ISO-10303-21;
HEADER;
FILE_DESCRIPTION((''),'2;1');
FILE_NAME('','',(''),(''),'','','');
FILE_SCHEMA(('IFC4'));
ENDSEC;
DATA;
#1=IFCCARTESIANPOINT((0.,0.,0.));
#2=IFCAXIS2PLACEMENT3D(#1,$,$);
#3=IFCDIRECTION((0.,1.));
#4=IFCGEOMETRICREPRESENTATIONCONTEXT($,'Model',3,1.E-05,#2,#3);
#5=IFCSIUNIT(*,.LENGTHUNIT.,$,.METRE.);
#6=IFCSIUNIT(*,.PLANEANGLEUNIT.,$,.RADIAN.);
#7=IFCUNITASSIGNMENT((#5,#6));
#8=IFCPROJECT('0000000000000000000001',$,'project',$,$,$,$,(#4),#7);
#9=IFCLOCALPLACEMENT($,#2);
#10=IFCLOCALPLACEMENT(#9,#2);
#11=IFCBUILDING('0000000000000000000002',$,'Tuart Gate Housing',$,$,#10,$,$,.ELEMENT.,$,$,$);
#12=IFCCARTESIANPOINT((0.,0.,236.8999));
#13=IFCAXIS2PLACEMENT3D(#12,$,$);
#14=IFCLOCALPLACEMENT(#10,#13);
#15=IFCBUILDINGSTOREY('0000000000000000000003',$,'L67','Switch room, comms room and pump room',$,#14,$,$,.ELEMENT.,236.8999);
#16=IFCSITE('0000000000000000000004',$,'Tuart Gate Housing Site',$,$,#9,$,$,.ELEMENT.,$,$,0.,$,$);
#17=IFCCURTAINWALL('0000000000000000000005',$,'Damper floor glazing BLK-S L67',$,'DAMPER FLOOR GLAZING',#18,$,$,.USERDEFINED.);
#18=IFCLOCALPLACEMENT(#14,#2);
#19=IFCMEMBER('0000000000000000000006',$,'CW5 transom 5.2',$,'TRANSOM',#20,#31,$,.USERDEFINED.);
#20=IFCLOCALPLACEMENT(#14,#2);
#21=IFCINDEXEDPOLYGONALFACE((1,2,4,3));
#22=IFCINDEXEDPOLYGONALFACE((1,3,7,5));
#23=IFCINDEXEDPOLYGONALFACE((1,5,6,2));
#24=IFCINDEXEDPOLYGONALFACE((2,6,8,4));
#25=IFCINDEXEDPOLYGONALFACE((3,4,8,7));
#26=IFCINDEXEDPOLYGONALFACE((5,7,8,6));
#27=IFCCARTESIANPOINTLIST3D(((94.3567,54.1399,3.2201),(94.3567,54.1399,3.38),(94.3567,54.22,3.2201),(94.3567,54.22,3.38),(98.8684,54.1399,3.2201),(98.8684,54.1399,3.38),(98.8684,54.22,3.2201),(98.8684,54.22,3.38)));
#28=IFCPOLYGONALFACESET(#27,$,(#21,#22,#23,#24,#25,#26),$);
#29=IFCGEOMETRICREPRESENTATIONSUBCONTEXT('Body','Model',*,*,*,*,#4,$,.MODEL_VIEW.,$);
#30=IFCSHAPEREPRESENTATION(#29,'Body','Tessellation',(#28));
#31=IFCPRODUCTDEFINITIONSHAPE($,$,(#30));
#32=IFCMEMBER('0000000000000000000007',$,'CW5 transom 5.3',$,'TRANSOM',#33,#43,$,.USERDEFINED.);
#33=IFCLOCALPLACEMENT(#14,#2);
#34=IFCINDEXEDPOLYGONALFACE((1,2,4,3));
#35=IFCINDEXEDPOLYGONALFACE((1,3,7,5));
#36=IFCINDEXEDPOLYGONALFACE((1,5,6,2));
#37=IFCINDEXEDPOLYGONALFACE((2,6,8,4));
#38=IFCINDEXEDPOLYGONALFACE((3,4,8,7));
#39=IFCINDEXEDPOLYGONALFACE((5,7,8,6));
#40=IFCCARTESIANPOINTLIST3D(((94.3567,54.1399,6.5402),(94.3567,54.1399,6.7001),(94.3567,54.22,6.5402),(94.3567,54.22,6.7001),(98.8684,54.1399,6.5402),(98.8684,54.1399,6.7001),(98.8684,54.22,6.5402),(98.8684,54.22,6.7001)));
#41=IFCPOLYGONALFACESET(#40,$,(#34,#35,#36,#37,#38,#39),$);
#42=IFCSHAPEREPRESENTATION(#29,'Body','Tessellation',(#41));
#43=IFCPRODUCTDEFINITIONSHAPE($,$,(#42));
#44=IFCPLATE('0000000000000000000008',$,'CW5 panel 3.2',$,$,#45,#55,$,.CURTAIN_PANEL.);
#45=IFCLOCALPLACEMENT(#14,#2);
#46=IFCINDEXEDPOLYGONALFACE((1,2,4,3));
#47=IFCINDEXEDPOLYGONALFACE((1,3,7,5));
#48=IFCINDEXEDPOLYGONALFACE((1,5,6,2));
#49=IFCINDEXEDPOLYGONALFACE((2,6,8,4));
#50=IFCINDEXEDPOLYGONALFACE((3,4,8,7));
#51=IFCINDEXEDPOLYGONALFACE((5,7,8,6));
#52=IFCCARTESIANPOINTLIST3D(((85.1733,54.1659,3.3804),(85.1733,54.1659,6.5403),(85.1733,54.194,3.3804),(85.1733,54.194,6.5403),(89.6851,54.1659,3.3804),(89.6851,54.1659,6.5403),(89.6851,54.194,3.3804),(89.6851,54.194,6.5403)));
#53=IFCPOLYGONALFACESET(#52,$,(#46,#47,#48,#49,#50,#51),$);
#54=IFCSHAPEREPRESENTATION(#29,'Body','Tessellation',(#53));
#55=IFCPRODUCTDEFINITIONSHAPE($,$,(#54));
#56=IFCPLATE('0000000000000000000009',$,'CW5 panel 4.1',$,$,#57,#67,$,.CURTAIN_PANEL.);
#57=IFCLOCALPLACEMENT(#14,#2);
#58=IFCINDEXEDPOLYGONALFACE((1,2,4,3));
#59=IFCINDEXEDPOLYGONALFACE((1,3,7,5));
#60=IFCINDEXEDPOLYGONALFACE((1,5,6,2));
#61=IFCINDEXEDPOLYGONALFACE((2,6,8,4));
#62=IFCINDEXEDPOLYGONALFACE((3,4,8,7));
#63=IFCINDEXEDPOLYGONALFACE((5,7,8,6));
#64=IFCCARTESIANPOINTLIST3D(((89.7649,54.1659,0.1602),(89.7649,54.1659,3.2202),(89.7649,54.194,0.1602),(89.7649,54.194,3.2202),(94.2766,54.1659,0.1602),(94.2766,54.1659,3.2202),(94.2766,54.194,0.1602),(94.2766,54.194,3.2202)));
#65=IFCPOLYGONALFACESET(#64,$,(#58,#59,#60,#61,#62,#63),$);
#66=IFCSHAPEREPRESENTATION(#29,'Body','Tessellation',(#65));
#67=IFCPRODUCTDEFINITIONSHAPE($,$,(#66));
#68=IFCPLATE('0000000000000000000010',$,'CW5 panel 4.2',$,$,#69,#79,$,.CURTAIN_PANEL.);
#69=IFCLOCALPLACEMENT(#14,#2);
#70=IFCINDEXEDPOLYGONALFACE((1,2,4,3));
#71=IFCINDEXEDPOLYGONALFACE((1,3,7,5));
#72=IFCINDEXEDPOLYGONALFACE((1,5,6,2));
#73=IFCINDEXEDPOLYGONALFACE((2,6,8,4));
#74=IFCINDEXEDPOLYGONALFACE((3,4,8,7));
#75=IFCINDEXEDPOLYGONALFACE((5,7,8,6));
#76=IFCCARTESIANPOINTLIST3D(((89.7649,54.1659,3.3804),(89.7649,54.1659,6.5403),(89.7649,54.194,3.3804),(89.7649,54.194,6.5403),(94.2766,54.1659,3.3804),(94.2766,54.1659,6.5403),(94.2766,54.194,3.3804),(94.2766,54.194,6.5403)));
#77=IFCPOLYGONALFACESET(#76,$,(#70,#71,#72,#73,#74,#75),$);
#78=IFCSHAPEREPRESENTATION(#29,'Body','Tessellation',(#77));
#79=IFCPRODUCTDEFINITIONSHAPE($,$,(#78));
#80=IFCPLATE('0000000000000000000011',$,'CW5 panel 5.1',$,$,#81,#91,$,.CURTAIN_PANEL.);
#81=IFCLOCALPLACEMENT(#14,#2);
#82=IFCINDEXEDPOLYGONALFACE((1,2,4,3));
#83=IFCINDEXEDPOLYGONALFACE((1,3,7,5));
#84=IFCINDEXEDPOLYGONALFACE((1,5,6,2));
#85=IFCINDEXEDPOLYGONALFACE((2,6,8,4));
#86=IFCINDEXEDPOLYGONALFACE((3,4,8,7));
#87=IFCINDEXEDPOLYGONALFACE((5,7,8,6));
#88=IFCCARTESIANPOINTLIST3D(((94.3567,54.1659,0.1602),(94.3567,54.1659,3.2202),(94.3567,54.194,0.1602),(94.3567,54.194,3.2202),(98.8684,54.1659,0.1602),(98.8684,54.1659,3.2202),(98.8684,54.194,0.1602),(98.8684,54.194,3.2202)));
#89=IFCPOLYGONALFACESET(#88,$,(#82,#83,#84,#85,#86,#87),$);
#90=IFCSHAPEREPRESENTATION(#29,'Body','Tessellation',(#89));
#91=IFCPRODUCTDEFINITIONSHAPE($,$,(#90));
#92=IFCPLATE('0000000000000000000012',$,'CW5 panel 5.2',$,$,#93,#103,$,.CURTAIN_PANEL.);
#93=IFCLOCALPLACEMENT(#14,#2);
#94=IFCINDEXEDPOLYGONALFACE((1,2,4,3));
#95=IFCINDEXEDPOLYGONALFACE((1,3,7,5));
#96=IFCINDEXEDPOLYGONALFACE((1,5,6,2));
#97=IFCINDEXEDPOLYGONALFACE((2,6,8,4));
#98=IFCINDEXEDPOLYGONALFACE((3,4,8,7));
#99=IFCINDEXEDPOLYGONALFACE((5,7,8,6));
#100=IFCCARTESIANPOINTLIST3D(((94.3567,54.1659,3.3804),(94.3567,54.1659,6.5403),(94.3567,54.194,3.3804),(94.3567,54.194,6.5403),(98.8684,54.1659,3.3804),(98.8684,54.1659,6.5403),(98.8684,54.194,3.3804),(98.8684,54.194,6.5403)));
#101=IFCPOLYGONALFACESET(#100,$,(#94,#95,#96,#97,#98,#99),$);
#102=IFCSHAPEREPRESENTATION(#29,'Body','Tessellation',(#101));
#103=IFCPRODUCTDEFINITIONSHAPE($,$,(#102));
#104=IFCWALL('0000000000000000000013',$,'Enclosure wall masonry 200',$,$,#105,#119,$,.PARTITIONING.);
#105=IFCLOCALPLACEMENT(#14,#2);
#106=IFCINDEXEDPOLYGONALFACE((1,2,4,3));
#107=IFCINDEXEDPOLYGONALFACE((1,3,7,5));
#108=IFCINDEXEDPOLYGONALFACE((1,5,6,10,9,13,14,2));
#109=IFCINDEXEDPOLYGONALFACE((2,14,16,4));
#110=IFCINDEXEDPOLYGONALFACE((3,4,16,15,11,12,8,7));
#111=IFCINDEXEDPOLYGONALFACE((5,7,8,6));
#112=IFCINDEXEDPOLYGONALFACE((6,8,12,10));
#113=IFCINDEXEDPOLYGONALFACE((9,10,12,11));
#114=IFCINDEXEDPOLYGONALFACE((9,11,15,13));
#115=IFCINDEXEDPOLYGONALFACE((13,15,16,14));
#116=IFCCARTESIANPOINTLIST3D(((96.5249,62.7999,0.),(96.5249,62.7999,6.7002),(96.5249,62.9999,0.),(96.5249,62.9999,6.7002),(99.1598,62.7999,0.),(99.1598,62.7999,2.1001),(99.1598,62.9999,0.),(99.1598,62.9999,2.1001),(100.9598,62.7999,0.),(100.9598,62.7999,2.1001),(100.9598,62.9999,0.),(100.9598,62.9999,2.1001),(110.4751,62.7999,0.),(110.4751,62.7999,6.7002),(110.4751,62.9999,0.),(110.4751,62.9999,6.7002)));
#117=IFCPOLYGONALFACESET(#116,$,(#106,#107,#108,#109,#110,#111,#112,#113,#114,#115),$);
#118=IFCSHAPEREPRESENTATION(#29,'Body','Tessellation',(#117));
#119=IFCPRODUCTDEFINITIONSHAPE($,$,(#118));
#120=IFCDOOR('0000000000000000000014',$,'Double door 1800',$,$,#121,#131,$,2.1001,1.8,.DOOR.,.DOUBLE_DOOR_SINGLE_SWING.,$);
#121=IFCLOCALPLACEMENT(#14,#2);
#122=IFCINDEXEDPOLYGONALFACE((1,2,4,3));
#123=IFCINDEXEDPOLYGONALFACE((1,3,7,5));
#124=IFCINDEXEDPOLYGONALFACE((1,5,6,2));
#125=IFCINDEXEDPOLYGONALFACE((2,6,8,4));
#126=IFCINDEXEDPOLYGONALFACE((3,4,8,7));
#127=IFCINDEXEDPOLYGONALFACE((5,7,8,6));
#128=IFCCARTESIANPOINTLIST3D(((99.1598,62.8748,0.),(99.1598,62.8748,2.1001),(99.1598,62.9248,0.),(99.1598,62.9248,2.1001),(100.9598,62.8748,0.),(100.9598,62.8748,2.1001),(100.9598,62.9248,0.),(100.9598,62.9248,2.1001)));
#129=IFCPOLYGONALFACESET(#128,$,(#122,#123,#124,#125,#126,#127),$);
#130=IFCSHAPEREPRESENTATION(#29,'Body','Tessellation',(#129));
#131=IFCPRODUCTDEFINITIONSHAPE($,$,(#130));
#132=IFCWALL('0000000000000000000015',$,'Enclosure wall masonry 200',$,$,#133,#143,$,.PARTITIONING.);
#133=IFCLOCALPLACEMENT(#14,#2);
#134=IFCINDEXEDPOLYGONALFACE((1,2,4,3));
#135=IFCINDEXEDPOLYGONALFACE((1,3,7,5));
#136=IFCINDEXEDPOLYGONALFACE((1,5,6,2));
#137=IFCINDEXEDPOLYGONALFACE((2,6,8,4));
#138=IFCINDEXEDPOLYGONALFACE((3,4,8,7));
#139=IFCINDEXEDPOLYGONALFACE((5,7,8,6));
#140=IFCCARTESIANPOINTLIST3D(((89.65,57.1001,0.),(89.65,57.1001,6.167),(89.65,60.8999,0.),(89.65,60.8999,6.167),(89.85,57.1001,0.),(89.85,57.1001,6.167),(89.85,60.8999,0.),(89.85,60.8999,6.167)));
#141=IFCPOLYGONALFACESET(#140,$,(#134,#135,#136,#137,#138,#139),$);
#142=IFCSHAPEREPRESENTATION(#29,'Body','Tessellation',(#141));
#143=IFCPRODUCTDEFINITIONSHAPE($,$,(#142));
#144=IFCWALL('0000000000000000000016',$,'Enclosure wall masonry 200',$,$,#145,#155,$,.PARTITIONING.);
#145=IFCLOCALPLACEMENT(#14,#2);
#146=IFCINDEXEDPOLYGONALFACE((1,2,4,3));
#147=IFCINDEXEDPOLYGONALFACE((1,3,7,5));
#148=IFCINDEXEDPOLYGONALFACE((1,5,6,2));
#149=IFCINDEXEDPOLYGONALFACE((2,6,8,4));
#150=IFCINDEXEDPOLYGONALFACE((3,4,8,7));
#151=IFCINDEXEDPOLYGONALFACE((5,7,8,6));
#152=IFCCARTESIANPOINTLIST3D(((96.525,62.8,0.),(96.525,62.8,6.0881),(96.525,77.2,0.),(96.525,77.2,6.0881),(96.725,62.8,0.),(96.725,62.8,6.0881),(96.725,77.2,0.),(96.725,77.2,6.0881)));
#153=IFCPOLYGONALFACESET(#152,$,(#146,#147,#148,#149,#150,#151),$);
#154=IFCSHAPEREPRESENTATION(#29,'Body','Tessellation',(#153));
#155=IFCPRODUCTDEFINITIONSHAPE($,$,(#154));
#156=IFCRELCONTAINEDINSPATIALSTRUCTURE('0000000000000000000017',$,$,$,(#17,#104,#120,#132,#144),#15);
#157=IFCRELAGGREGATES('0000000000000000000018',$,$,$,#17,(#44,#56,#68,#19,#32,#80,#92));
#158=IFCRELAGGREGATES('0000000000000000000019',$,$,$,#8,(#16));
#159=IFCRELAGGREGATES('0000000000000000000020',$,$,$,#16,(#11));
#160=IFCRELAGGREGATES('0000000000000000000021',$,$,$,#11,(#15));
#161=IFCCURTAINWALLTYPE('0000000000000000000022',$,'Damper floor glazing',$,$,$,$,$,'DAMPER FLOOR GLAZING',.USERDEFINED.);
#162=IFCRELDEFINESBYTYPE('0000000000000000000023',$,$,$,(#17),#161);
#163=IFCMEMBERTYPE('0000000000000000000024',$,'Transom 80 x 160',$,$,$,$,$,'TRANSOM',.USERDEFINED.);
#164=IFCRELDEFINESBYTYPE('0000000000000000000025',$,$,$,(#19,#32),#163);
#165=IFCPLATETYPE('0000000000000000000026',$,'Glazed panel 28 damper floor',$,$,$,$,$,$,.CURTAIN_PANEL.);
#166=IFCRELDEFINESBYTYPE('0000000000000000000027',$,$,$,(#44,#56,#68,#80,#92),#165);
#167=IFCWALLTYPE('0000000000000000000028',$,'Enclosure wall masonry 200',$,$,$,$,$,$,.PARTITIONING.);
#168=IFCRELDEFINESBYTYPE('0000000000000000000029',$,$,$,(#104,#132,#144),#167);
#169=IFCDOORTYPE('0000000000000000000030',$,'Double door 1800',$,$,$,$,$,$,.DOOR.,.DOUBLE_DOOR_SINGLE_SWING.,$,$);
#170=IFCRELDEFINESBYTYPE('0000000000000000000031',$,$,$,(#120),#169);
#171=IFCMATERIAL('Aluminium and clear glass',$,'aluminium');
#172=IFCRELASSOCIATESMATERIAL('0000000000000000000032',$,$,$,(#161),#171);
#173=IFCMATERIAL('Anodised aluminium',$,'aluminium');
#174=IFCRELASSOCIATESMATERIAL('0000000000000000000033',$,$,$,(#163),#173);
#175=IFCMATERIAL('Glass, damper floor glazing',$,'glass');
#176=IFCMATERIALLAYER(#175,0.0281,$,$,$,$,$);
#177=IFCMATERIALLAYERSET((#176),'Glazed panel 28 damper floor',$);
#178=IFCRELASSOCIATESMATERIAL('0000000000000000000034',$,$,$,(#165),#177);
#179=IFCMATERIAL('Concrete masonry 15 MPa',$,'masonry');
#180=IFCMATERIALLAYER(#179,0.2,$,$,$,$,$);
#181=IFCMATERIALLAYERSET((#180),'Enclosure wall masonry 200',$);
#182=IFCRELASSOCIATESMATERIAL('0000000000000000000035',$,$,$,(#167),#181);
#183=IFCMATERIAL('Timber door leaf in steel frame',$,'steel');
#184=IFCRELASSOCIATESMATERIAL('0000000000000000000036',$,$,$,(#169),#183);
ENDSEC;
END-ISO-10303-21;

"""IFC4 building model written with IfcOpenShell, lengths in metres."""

from ifc_helpers import new_model, si_unit, direction, frame, frame_2d, origin, origin_2d, place, context, subcontext, project, spatial, rectangle, extrude, material, layer, layer_set, material_profile, profile_set, type_object, element, fill, aggregate, save


model = new_model("IFC4")

# Units and contexts
model_context = context("Model", 3, precision=1e-05, world=origin(), true_north=direction((0.0, 1.0)))
body_context = subcontext(model_context, "Body", "Model", "MODEL_VIEW")
ifc_project = project(units=[si_unit("LENGTHUNIT", "METRE"), si_unit("PLANEANGLEUNIT", "RADIAN")], contexts=[model_context])

# Site, building, storey
site_placement = place(None, origin())
site = spatial("IfcSite", under=ifc_project, at=site_placement, Name="Tuart Gate Housing Site", CompositionType="ELEMENT", RefElevation=0.0)
building_placement = place(site_placement, origin())
building = spatial("IfcBuilding", under=site, at=building_placement, Name="Tuart Gate Housing", CompositionType="ELEMENT")
storey_placement = place(building_placement, frame((0.0, 0.0, 236.8999)))
storey = spatial("IfcBuildingStorey", under=building, at=storey_placement, Name="L67", Description="Switch room, comms room and pump room", CompositionType="ELEMENT", Elevation=236.8999)

# Curtain wall, members, plates
ifc_material_1 = material(Name="Aluminium and clear glass", Category="aluminium")
curtain_wall_type = type_object("IfcCurtainWallType", Name="Damper floor glazing", ElementType="DAMPER FLOOR GLAZING", PredefinedType="USERDEFINED", material=ifc_material_1)
curtain_wall_placement = place(storey_placement, origin())
curtain_wall = element("IfcCurtainWall", 1, at=curtain_wall_placement, inside=storey, type_object=curtain_wall_type, Name="Damper floor glazing BLK-S L67", ObjectType="DAMPER FLOOR GLAZING", PredefinedType="USERDEFINED")
ifc_material_2 = material(Name="Anodised aluminium", Category="aluminium")
ifc_material_profile_1 = material_profile(ifc_material_2, rectangle(XDim=0.0801, YDim=0.1599, at=origin_2d()), Name="80x160")
ifc_profile_set_1 = profile_set([ifc_material_profile_1], Name="Anodised aluminium")
member_type_1 = type_object("IfcMemberType", Name="Transom 80 x 160", ElementType="TRANSOM", PredefinedType="USERDEFINED", material=ifc_profile_set_1)
member_1_placement = place(storey_placement, frame((94.3567, 54.1799, 3.3), z_axis=(1.0, 0.0, 0.0), x_axis=(0.0, 1.0, 0.0)))
member_1 = element("IfcMember", 2, at=member_1_placement, type_object=member_type_1, Name="CW5 transom 5.2", ObjectType="TRANSOM", PredefinedType="USERDEFINED", context=body_context, shape_type="SweptSolid", body=[
    extrude(rectangle(XDim=0.0801, YDim=0.1599, at=origin_2d()), origin(), (0.0, 0.0, 1.0), 4.5117),
])
member_2_placement = place(storey_placement, frame((94.3567, 54.1799, 6.6201), z_axis=(1.0, 0.0, 0.0), x_axis=(0.0, 1.0, 0.0)))
member_2 = element("IfcMember", 3, at=member_2_placement, type_object=member_type_1, Name="CW5 transom 5.3", ObjectType="TRANSOM", PredefinedType="USERDEFINED", context=body_context, shape_type="SweptSolid", body=[
    extrude(rectangle(XDim=0.0801, YDim=0.1599, at=origin_2d()), origin(), (0.0, 0.0, 1.0), 4.5117),
])
ifc_material_3 = material(Name="Glass, damper floor glazing", Category="glass")
ifc_layer_1 = layer(ifc_material_3, 0.0281)
ifc_layer_set_1 = layer_set([ifc_layer_1], Name="Glazed panel 28 damper floor")
plate_type = type_object("IfcPlateType", Name="Glazed panel 28 damper floor", PredefinedType="CURTAIN_PANEL", material=ifc_layer_set_1)
plate_1_placement = place(storey_placement, frame((87.4292, 54.1799, 3.3804), z_axis=(0.0, 0.0, 1.0), x_axis=(1.0, 0.0, 0.0)))
plate_1 = element("IfcPlate", 4, at=plate_1_placement, type_object=plate_type, Name="CW5 panel 3.2", PredefinedType="CURTAIN_PANEL", context=body_context, shape_type="SweptSolid", body=[
    extrude(rectangle(XDim=4.5117, YDim=0.0281, at=origin_2d()), origin(), (0.0, 0.0, 1.0), 3.1599),
])
plate_2_placement = place(storey_placement, frame((92.0208, 54.1799, 0.1602), z_axis=(0.0, 0.0, 1.0), x_axis=(1.0, 0.0, 0.0)))
plate_2 = element("IfcPlate", 5, at=plate_2_placement, type_object=plate_type, Name="CW5 panel 4.1", PredefinedType="CURTAIN_PANEL", context=body_context, shape_type="SweptSolid", body=[
    extrude(rectangle(XDim=4.5117, YDim=0.0281, at=origin_2d()), origin(), (0.0, 0.0, 1.0), 3.0601),
])
plate_3_placement = place(storey_placement, frame((92.0208, 54.1799, 3.3804), z_axis=(0.0, 0.0, 1.0), x_axis=(1.0, 0.0, 0.0)))
plate_3 = element("IfcPlate", 6, at=plate_3_placement, type_object=plate_type, Name="CW5 panel 4.2", PredefinedType="CURTAIN_PANEL", context=body_context, shape_type="SweptSolid", body=[
    extrude(rectangle(XDim=4.5117, YDim=0.0281, at=origin_2d()), origin(), (0.0, 0.0, 1.0), 3.1599),
])
plate_4_placement = place(storey_placement, frame((96.6125, 54.1799, 0.1602), z_axis=(0.0, 0.0, 1.0), x_axis=(1.0, 0.0, 0.0)))
plate_4 = element("IfcPlate", 7, at=plate_4_placement, type_object=plate_type, Name="CW5 panel 5.1", PredefinedType="CURTAIN_PANEL", context=body_context, shape_type="SweptSolid", body=[
    extrude(rectangle(XDim=4.5117, YDim=0.0281, at=origin_2d()), origin(), (0.0, 0.0, 1.0), 3.0601),
])
plate_5_placement = place(storey_placement, frame((96.6125, 54.1799, 3.3804), z_axis=(0.0, 0.0, 1.0), x_axis=(1.0, 0.0, 0.0)))
plate_5 = element("IfcPlate", 8, at=plate_5_placement, type_object=plate_type, Name="CW5 panel 5.2", PredefinedType="CURTAIN_PANEL", context=body_context, shape_type="SweptSolid", body=[
    extrude(rectangle(XDim=4.5117, YDim=0.0281, at=origin_2d()), origin(), (0.0, 0.0, 1.0), 3.1599),
])
aggregate(curtain_wall, [plate_1, plate_2, plate_3, member_1, member_2, plate_4, plate_5])

# Wall, opening, door
ifc_material_4 = material(Name="Concrete masonry 15 MPa", Category="masonry")
ifc_layer_2 = layer(ifc_material_4, 0.2)
ifc_layer_set_2 = layer_set([ifc_layer_2], Name="Enclosure wall masonry 200")
wall_type = type_object("IfcWallType", Name="Enclosure wall masonry 200", PredefinedType="PARTITIONING", material=ifc_layer_set_2)
wall_1_placement = place(storey_placement, frame((96.5249, 62.8999, 0.0), z_axis=(0.0, 0.0, 1.0), x_axis=(1.0, 0.0, 0.0)))
wall_1 = element("IfcWall", 9, at=wall_1_placement, inside=storey, type_object=wall_type, Name="Enclosure wall masonry 200", PredefinedType="PARTITIONING", context=body_context, shape_type="SweptSolid", body=[
    extrude(rectangle(XDim=13.9502, YDim=0.2, at=frame_2d((6.9751, 0.0))), origin(), (0.0, 0.0, 1.0), 6.7002),
])
opening_placement = place(wall_1_placement, frame((2.635, 0.0, 0.0)))
opening = element("IfcOpeningElement", 10, at=opening_placement, cuts=wall_1, PredefinedType="OPENING", context=body_context, shape_type="SweptSolid", body=[
    extrude(rectangle(XDim=1.8, YDim=2.1001, at=frame_2d((0.8999, 1.05))), frame((0.0, 0.1099, 0.0), z_axis=(0.0, -1.0, 0.0), x_axis=(1.0, 0.0, 0.0)), (0.0, 0.0, 1.0), 0.22),
])
ifc_material_5 = material(Name="Timber door leaf in steel frame", Category="steel")
door_type = type_object("IfcDoorType", Name="Double door 1800", OperationType="DOUBLE_DOOR_SINGLE_SWING", PredefinedType="DOOR", material=ifc_material_5)
door_placement = place(opening_placement, origin())
door = element("IfcDoor", 11, at=door_placement, inside=storey, type_object=door_type, Name="Double door 1800", OperationType="DOUBLE_DOOR_SINGLE_SWING", OverallHeight=2.1001, OverallWidth=1.8, PredefinedType="DOOR", context=body_context, shape_type="SweptSolid", body=[
    extrude(rectangle(XDim=1.8, YDim=2.1001, at=frame_2d((0.8999, 1.05))), frame((0.0, 0.0249, 0.0), z_axis=(0.0, -1.0, 0.0), x_axis=(1.0, 0.0, 0.0)), (0.0, 0.0, 1.0), 0.05),
])
fill(opening, door)

# Walls
wall_2_placement = place(storey_placement, frame((89.75, 57.1001, 0.0), z_axis=(0.0, 0.0, 1.0), x_axis=(0.0, 1.0, 0.0)))
element("IfcWall", 12, at=wall_2_placement, inside=storey, type_object=wall_type, Name="Enclosure wall masonry 200", PredefinedType="PARTITIONING", context=body_context, shape_type="SweptSolid", body=[
    extrude(rectangle(XDim=3.7998, YDim=0.2, at=frame_2d((1.8999, 0.0))), origin(), (0.0, 0.0, 1.0), 6.167),
])
wall_3_placement = place(storey_placement, frame((96.625, 62.8, 0.0), z_axis=(0.0, 0.0, 1.0), x_axis=(0.0, 1.0, 0.0)))
element("IfcWall", 13, at=wall_3_placement, inside=storey, type_object=wall_type, Name="Enclosure wall masonry 200", PredefinedType="PARTITIONING", context=body_context, shape_type="SweptSolid", body=[
    extrude(rectangle(XDim=14.3999, YDim=0.2, at=frame_2d((7.2, 0.0))), origin(), (0.0, 0.0, 1.0), 6.0881),
])

save(model, "model.ifc")
